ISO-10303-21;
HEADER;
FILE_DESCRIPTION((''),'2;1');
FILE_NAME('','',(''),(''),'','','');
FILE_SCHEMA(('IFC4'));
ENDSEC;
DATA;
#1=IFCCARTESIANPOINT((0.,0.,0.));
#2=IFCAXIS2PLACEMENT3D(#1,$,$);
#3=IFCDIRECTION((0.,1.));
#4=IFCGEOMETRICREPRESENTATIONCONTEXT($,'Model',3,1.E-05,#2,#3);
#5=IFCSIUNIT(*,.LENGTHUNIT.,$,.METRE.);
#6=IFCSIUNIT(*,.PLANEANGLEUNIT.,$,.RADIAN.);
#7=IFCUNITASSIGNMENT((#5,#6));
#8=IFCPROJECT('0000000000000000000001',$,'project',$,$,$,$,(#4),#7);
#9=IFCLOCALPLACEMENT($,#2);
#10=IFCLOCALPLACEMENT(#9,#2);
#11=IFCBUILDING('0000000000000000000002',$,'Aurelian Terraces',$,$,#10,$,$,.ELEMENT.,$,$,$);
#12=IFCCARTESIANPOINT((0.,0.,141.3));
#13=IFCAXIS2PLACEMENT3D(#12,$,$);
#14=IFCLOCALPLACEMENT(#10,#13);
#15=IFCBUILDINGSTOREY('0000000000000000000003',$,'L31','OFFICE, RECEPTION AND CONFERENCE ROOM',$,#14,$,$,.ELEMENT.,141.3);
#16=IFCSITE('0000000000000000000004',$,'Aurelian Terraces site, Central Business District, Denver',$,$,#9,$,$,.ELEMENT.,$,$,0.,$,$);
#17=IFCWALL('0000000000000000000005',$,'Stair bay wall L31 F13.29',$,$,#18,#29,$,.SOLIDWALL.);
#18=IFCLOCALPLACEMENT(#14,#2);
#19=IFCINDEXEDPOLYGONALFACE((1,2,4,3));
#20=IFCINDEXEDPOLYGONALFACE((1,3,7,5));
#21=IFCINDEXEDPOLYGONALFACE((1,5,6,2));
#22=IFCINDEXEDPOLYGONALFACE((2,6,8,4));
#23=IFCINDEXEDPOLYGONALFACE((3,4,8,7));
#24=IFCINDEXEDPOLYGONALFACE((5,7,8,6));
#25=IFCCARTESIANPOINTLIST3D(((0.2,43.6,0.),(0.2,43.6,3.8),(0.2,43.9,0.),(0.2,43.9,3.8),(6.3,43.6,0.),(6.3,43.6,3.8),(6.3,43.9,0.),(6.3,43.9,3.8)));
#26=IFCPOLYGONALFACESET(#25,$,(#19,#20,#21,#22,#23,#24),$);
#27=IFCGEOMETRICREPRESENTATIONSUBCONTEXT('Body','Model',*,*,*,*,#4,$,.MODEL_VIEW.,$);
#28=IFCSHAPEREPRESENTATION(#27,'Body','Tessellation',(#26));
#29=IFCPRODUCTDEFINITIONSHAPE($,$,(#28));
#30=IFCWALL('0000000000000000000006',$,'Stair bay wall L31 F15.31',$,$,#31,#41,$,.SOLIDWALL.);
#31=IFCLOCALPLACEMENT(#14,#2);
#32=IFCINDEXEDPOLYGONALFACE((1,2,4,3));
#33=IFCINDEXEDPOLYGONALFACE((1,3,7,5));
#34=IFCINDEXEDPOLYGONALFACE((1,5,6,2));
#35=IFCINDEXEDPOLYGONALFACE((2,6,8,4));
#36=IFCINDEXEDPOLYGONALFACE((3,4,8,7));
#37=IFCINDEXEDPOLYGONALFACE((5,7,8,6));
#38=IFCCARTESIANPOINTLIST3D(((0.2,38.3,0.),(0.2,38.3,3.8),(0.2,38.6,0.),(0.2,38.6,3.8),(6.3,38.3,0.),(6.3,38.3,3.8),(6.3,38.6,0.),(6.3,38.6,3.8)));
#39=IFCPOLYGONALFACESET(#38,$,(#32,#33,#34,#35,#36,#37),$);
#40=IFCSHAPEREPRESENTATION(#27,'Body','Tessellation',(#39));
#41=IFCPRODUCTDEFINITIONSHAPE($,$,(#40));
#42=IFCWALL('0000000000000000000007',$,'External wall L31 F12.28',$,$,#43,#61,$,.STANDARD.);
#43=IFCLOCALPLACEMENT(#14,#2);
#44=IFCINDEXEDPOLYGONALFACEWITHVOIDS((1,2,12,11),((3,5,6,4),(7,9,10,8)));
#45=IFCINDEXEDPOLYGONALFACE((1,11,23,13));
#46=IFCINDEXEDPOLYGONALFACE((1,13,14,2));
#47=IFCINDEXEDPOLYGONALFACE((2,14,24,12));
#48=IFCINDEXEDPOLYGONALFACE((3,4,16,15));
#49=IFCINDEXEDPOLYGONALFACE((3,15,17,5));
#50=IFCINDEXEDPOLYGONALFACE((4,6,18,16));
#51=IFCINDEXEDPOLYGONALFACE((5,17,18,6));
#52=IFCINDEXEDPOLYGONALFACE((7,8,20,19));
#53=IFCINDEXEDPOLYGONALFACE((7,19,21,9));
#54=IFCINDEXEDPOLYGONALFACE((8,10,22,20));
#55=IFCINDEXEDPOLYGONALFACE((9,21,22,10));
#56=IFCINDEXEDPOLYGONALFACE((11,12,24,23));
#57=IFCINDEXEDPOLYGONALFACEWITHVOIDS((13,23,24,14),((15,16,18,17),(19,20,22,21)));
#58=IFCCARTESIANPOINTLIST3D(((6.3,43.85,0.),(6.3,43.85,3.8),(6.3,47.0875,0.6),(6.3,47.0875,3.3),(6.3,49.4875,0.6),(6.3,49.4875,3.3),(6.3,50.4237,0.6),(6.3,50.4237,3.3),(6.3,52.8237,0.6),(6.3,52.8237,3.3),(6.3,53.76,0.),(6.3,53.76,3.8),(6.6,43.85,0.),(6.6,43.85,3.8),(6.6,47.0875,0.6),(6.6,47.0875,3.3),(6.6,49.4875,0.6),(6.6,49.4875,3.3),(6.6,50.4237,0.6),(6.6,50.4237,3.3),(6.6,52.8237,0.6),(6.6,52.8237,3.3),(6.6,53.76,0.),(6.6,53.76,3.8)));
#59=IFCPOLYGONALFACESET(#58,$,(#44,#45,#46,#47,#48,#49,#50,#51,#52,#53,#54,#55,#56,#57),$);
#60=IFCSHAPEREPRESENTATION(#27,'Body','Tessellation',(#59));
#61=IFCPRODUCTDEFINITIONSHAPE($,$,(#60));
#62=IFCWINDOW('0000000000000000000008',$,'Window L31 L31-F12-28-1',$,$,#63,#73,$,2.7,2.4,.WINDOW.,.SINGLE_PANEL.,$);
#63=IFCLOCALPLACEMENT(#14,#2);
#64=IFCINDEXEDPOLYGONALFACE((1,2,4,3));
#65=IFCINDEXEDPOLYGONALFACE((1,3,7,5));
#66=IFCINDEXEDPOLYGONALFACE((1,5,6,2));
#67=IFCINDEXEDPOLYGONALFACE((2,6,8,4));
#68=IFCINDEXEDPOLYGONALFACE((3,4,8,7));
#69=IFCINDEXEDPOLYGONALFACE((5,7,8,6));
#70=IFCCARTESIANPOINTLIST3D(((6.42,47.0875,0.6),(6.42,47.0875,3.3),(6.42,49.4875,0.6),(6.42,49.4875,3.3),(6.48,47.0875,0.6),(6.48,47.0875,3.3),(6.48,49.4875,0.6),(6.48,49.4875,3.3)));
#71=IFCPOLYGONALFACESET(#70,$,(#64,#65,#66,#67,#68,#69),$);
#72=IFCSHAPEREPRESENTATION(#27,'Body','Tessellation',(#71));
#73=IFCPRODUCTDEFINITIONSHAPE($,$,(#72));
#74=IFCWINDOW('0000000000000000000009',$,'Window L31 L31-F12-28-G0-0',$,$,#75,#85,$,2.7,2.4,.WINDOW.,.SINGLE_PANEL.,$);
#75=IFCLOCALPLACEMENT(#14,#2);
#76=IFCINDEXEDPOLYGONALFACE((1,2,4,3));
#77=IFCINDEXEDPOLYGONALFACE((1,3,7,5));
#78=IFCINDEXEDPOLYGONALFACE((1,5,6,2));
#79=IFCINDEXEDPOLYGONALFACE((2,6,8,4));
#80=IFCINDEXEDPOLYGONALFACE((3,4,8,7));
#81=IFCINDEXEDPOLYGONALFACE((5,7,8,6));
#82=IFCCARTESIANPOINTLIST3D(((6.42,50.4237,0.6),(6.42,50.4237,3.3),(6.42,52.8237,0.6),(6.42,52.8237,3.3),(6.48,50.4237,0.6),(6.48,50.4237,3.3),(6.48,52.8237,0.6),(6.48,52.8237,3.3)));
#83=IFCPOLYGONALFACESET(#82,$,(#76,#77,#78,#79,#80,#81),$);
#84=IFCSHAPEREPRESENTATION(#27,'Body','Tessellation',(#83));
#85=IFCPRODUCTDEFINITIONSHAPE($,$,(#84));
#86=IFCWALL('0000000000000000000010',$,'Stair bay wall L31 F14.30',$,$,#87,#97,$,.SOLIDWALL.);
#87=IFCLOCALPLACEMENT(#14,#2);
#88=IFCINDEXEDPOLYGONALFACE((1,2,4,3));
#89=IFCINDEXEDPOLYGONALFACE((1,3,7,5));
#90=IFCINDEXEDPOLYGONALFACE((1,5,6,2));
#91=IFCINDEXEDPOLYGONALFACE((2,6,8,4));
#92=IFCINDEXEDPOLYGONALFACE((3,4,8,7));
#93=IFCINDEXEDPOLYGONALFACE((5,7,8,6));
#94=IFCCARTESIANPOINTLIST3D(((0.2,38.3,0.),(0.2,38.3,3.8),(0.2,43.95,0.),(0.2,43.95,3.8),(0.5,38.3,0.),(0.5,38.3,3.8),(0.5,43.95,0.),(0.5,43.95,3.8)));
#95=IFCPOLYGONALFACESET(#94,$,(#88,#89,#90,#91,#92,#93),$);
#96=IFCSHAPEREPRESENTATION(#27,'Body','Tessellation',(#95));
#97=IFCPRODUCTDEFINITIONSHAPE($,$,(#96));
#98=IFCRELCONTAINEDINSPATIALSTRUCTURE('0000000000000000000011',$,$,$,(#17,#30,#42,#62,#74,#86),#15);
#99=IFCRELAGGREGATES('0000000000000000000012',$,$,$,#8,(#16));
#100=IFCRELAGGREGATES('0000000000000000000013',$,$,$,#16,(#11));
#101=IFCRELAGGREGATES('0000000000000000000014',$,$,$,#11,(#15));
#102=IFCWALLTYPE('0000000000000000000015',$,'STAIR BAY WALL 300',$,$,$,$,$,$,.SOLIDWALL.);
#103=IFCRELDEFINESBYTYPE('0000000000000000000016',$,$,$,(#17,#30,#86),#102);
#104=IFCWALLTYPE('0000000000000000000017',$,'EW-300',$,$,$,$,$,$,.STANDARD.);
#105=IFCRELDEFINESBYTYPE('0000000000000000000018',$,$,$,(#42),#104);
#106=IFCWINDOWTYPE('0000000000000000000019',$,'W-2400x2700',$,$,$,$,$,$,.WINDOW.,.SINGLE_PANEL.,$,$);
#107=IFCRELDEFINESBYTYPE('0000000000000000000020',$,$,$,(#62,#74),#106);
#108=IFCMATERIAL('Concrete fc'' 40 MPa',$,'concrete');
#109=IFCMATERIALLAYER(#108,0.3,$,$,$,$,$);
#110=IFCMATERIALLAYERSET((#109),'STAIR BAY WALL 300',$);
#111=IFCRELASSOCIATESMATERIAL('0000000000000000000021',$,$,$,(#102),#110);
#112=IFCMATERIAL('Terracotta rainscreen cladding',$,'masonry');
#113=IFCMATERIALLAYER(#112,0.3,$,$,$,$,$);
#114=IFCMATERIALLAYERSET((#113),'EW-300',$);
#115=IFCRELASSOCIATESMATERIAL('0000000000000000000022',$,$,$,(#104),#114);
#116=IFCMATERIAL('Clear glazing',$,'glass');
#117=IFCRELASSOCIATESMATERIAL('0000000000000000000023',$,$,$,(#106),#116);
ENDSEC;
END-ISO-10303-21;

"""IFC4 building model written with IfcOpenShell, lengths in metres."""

from ifc_helpers import new_model, si_unit, direction, frame, frame_2d, origin, place, context, subcontext, project, spatial, rectangle, extrude, source, transform, mapped, material, layer, layer_set, type_object, element, fill, save


model = new_model("IFC4")

# Units and contexts
model_context = context("Model", 3, precision=1e-05, world=origin(), true_north=direction((0.0, 1.0)))
body_context = subcontext(model_context, "Body", "Model", "MODEL_VIEW")
ifc_project = project(units=[si_unit("LENGTHUNIT", "METRE"), si_unit("PLANEANGLEUNIT", "RADIAN")], contexts=[model_context])

# Site, building, storey
site_placement = place(None, origin())
site = spatial("IfcSite", under=ifc_project, at=site_placement, Name="Aurelian Terraces site, Central Business District, Denver", CompositionType="ELEMENT", RefElevation=0.0)
building_placement = place(site_placement, origin())
building = spatial("IfcBuilding", under=site, at=building_placement, Name="Aurelian Terraces", CompositionType="ELEMENT")
storey_placement = place(building_placement, frame((0.0, 0.0, 141.3)))
storey = spatial("IfcBuildingStorey", under=building, at=storey_placement, Name="L31", Description="OFFICE, RECEPTION AND CONFERENCE ROOM", CompositionType="ELEMENT", Elevation=141.3)

# Walls
ifc_material_1 = material(Name="Concrete fc' 40 MPa", Category="concrete")
ifc_layer_1 = layer(ifc_material_1, 0.3)
ifc_layer_set_1 = layer_set([ifc_layer_1], Name="STAIR BAY WALL 300")
wall_type_1 = type_object("IfcWallType", Name="STAIR BAY WALL 300", PredefinedType="SOLIDWALL", material=ifc_layer_set_1)
shared_shape_1 = source(origin(), body_context, "Body", "SweptSolid", [
    extrude(rectangle(XDim=6.1, YDim=0.3, at=frame_2d((3.05, 0.0))), origin(), (0.0, 0.0, 1.0), 3.8),
])
for number, where, z_axis, x_axis, name in (
    (1, (6.3, 43.75, 0.0), (0.0, 0.0, 1.0), (-1.0, 0.0, 0.0), "Stair bay wall L31 F13.29"),
    (2, (0.2, 38.45, 0.0), (0.0, 0.0, 1.0), (1.0, 0.0, 0.0), "Stair bay wall L31 F15.31"),
):
    element("IfcWall", number, at=place(storey_placement, frame(where, z_axis=z_axis, x_axis=x_axis)), inside=storey, type_object=wall_type_1, Name=name, PredefinedType="SOLIDWALL", context=body_context, shape_type="MappedRepresentation", body=[
        mapped(shared_shape_1, transform((0.0, 0.0, 0.0), scale=1.0)),
    ])

# Wall, openings, windows
ifc_material_2 = material(Name="Terracotta rainscreen cladding", Category="masonry")
ifc_layer_2 = layer(ifc_material_2, 0.3)
ifc_layer_set_2 = layer_set([ifc_layer_2], Name="EW-300")
wall_type_2 = type_object("IfcWallType", Name="EW-300", PredefinedType="STANDARD", material=ifc_layer_set_2)
shared_shape_2 = source(origin(), body_context, "Body", "SweptSolid", [
    extrude(rectangle(XDim=9.91, YDim=0.3, at=frame_2d((4.955, 0.0))), origin(), (0.0, 0.0, 1.0), 3.8),
])
wall_1_placement = place(storey_placement, frame((6.45, 53.76, 0.0), z_axis=(0.0, 0.0, 1.0), x_axis=(0.0, -1.0, 0.0)))
wall_1 = element("IfcWall", 3, at=wall_1_placement, inside=storey, type_object=wall_type_2, Name="External wall L31 F12.28", PredefinedType="STANDARD", context=body_context, shape_type="MappedRepresentation", body=[
    mapped(shared_shape_2, transform((0.0, 0.0, 0.0), scale=1.0)),
])
shared_shape_3 = source(origin(), body_context, "Body", "SweptSolid", [
    extrude(rectangle(XDim=2.4, YDim=2.7, at=frame_2d((1.2, 1.35))), frame((0.0, 0.16, 0.0), z_axis=(0.0, -1.0, 0.0), x_axis=(1.0, 0.0, 0.0)), (0.0, 0.0, 1.0), 0.32),
])
opening_1_placement = place(wall_1_placement, frame((4.2725, 0.0, 0.6)))
opening_1 = element("IfcOpeningElement", 4, at=opening_1_placement, cuts=wall_1, PredefinedType="OPENING", context=body_context, shape_type="MappedRepresentation", body=[
    mapped(shared_shape_3, transform((0.0, 0.0, 0.0), scale=1.0)),
])
opening_2_placement = place(wall_1_placement, frame((0.9363, 0.0, 0.6)))
opening_2 = element("IfcOpeningElement", 5, at=opening_2_placement, cuts=wall_1, PredefinedType="OPENING", context=body_context, shape_type="MappedRepresentation", body=[
    mapped(shared_shape_3, transform((0.0, 0.0, 0.0), scale=1.0)),
])
ifc_material_3 = material(Name="Clear glazing", Category="glass")
window_type_1 = type_object("IfcWindowType", Name="W-2400x2700", PartitioningType="SINGLE_PANEL", PredefinedType="WINDOW", material=ifc_material_3)
shared_shape_4 = source(origin(), body_context, "Body", "SweptSolid", [
    extrude(rectangle(XDim=2.4, YDim=2.7, at=frame_2d((1.2, 1.35))), frame((0.0, 0.03, 0.0), z_axis=(0.0, -1.0, 0.0), x_axis=(1.0, 0.0, 0.0)), (0.0, 0.0, 1.0), 0.06),
])
window_1_placement = place(opening_1_placement, origin())
window_1 = element("IfcWindow", 6, at=window_1_placement, inside=storey, type_object=window_type_1, Name="Window L31 L31-F12-28-1", OverallHeight=2.7, OverallWidth=2.4, PartitioningType="SINGLE_PANEL", PredefinedType="WINDOW", context=body_context, shape_type="MappedRepresentation", body=[
    mapped(shared_shape_4, transform((0.0, 0.0, 0.0), scale=1.0)),
])
fill(opening_1, window_1)
window_2_placement = place(opening_2_placement, origin())
window_2 = element("IfcWindow", 7, at=window_2_placement, inside=storey, type_object=window_type_1, Name="Window L31 L31-F12-28-G0-0", OverallHeight=2.7, OverallWidth=2.4, PartitioningType="SINGLE_PANEL", PredefinedType="WINDOW", context=body_context, shape_type="MappedRepresentation", body=[
    mapped(shared_shape_4, transform((0.0, 0.0, 0.0), scale=1.0)),
])
fill(opening_2, window_2)

# Wall
shared_shape_5 = source(origin(), body_context, "Body", "SweptSolid", [
    extrude(rectangle(XDim=5.65, YDim=0.3, at=frame_2d((2.825, 0.0))), origin(), (0.0, 0.0, 1.0), 3.8),
])
wall_2_placement = place(storey_placement, frame((0.35, 43.95, 0.0), z_axis=(0.0, 0.0, 1.0), x_axis=(0.0, -1.0, 0.0)))
element("IfcWall", 8, at=wall_2_placement, inside=storey, type_object=wall_type_1, Name="Stair bay wall L31 F14.30", PredefinedType="SOLIDWALL", context=body_context, shape_type="MappedRepresentation", body=[
    mapped(shared_shape_5, transform((0.0, 0.0, 0.0), scale=1.0)),
])

save(model, "model.ifc")
